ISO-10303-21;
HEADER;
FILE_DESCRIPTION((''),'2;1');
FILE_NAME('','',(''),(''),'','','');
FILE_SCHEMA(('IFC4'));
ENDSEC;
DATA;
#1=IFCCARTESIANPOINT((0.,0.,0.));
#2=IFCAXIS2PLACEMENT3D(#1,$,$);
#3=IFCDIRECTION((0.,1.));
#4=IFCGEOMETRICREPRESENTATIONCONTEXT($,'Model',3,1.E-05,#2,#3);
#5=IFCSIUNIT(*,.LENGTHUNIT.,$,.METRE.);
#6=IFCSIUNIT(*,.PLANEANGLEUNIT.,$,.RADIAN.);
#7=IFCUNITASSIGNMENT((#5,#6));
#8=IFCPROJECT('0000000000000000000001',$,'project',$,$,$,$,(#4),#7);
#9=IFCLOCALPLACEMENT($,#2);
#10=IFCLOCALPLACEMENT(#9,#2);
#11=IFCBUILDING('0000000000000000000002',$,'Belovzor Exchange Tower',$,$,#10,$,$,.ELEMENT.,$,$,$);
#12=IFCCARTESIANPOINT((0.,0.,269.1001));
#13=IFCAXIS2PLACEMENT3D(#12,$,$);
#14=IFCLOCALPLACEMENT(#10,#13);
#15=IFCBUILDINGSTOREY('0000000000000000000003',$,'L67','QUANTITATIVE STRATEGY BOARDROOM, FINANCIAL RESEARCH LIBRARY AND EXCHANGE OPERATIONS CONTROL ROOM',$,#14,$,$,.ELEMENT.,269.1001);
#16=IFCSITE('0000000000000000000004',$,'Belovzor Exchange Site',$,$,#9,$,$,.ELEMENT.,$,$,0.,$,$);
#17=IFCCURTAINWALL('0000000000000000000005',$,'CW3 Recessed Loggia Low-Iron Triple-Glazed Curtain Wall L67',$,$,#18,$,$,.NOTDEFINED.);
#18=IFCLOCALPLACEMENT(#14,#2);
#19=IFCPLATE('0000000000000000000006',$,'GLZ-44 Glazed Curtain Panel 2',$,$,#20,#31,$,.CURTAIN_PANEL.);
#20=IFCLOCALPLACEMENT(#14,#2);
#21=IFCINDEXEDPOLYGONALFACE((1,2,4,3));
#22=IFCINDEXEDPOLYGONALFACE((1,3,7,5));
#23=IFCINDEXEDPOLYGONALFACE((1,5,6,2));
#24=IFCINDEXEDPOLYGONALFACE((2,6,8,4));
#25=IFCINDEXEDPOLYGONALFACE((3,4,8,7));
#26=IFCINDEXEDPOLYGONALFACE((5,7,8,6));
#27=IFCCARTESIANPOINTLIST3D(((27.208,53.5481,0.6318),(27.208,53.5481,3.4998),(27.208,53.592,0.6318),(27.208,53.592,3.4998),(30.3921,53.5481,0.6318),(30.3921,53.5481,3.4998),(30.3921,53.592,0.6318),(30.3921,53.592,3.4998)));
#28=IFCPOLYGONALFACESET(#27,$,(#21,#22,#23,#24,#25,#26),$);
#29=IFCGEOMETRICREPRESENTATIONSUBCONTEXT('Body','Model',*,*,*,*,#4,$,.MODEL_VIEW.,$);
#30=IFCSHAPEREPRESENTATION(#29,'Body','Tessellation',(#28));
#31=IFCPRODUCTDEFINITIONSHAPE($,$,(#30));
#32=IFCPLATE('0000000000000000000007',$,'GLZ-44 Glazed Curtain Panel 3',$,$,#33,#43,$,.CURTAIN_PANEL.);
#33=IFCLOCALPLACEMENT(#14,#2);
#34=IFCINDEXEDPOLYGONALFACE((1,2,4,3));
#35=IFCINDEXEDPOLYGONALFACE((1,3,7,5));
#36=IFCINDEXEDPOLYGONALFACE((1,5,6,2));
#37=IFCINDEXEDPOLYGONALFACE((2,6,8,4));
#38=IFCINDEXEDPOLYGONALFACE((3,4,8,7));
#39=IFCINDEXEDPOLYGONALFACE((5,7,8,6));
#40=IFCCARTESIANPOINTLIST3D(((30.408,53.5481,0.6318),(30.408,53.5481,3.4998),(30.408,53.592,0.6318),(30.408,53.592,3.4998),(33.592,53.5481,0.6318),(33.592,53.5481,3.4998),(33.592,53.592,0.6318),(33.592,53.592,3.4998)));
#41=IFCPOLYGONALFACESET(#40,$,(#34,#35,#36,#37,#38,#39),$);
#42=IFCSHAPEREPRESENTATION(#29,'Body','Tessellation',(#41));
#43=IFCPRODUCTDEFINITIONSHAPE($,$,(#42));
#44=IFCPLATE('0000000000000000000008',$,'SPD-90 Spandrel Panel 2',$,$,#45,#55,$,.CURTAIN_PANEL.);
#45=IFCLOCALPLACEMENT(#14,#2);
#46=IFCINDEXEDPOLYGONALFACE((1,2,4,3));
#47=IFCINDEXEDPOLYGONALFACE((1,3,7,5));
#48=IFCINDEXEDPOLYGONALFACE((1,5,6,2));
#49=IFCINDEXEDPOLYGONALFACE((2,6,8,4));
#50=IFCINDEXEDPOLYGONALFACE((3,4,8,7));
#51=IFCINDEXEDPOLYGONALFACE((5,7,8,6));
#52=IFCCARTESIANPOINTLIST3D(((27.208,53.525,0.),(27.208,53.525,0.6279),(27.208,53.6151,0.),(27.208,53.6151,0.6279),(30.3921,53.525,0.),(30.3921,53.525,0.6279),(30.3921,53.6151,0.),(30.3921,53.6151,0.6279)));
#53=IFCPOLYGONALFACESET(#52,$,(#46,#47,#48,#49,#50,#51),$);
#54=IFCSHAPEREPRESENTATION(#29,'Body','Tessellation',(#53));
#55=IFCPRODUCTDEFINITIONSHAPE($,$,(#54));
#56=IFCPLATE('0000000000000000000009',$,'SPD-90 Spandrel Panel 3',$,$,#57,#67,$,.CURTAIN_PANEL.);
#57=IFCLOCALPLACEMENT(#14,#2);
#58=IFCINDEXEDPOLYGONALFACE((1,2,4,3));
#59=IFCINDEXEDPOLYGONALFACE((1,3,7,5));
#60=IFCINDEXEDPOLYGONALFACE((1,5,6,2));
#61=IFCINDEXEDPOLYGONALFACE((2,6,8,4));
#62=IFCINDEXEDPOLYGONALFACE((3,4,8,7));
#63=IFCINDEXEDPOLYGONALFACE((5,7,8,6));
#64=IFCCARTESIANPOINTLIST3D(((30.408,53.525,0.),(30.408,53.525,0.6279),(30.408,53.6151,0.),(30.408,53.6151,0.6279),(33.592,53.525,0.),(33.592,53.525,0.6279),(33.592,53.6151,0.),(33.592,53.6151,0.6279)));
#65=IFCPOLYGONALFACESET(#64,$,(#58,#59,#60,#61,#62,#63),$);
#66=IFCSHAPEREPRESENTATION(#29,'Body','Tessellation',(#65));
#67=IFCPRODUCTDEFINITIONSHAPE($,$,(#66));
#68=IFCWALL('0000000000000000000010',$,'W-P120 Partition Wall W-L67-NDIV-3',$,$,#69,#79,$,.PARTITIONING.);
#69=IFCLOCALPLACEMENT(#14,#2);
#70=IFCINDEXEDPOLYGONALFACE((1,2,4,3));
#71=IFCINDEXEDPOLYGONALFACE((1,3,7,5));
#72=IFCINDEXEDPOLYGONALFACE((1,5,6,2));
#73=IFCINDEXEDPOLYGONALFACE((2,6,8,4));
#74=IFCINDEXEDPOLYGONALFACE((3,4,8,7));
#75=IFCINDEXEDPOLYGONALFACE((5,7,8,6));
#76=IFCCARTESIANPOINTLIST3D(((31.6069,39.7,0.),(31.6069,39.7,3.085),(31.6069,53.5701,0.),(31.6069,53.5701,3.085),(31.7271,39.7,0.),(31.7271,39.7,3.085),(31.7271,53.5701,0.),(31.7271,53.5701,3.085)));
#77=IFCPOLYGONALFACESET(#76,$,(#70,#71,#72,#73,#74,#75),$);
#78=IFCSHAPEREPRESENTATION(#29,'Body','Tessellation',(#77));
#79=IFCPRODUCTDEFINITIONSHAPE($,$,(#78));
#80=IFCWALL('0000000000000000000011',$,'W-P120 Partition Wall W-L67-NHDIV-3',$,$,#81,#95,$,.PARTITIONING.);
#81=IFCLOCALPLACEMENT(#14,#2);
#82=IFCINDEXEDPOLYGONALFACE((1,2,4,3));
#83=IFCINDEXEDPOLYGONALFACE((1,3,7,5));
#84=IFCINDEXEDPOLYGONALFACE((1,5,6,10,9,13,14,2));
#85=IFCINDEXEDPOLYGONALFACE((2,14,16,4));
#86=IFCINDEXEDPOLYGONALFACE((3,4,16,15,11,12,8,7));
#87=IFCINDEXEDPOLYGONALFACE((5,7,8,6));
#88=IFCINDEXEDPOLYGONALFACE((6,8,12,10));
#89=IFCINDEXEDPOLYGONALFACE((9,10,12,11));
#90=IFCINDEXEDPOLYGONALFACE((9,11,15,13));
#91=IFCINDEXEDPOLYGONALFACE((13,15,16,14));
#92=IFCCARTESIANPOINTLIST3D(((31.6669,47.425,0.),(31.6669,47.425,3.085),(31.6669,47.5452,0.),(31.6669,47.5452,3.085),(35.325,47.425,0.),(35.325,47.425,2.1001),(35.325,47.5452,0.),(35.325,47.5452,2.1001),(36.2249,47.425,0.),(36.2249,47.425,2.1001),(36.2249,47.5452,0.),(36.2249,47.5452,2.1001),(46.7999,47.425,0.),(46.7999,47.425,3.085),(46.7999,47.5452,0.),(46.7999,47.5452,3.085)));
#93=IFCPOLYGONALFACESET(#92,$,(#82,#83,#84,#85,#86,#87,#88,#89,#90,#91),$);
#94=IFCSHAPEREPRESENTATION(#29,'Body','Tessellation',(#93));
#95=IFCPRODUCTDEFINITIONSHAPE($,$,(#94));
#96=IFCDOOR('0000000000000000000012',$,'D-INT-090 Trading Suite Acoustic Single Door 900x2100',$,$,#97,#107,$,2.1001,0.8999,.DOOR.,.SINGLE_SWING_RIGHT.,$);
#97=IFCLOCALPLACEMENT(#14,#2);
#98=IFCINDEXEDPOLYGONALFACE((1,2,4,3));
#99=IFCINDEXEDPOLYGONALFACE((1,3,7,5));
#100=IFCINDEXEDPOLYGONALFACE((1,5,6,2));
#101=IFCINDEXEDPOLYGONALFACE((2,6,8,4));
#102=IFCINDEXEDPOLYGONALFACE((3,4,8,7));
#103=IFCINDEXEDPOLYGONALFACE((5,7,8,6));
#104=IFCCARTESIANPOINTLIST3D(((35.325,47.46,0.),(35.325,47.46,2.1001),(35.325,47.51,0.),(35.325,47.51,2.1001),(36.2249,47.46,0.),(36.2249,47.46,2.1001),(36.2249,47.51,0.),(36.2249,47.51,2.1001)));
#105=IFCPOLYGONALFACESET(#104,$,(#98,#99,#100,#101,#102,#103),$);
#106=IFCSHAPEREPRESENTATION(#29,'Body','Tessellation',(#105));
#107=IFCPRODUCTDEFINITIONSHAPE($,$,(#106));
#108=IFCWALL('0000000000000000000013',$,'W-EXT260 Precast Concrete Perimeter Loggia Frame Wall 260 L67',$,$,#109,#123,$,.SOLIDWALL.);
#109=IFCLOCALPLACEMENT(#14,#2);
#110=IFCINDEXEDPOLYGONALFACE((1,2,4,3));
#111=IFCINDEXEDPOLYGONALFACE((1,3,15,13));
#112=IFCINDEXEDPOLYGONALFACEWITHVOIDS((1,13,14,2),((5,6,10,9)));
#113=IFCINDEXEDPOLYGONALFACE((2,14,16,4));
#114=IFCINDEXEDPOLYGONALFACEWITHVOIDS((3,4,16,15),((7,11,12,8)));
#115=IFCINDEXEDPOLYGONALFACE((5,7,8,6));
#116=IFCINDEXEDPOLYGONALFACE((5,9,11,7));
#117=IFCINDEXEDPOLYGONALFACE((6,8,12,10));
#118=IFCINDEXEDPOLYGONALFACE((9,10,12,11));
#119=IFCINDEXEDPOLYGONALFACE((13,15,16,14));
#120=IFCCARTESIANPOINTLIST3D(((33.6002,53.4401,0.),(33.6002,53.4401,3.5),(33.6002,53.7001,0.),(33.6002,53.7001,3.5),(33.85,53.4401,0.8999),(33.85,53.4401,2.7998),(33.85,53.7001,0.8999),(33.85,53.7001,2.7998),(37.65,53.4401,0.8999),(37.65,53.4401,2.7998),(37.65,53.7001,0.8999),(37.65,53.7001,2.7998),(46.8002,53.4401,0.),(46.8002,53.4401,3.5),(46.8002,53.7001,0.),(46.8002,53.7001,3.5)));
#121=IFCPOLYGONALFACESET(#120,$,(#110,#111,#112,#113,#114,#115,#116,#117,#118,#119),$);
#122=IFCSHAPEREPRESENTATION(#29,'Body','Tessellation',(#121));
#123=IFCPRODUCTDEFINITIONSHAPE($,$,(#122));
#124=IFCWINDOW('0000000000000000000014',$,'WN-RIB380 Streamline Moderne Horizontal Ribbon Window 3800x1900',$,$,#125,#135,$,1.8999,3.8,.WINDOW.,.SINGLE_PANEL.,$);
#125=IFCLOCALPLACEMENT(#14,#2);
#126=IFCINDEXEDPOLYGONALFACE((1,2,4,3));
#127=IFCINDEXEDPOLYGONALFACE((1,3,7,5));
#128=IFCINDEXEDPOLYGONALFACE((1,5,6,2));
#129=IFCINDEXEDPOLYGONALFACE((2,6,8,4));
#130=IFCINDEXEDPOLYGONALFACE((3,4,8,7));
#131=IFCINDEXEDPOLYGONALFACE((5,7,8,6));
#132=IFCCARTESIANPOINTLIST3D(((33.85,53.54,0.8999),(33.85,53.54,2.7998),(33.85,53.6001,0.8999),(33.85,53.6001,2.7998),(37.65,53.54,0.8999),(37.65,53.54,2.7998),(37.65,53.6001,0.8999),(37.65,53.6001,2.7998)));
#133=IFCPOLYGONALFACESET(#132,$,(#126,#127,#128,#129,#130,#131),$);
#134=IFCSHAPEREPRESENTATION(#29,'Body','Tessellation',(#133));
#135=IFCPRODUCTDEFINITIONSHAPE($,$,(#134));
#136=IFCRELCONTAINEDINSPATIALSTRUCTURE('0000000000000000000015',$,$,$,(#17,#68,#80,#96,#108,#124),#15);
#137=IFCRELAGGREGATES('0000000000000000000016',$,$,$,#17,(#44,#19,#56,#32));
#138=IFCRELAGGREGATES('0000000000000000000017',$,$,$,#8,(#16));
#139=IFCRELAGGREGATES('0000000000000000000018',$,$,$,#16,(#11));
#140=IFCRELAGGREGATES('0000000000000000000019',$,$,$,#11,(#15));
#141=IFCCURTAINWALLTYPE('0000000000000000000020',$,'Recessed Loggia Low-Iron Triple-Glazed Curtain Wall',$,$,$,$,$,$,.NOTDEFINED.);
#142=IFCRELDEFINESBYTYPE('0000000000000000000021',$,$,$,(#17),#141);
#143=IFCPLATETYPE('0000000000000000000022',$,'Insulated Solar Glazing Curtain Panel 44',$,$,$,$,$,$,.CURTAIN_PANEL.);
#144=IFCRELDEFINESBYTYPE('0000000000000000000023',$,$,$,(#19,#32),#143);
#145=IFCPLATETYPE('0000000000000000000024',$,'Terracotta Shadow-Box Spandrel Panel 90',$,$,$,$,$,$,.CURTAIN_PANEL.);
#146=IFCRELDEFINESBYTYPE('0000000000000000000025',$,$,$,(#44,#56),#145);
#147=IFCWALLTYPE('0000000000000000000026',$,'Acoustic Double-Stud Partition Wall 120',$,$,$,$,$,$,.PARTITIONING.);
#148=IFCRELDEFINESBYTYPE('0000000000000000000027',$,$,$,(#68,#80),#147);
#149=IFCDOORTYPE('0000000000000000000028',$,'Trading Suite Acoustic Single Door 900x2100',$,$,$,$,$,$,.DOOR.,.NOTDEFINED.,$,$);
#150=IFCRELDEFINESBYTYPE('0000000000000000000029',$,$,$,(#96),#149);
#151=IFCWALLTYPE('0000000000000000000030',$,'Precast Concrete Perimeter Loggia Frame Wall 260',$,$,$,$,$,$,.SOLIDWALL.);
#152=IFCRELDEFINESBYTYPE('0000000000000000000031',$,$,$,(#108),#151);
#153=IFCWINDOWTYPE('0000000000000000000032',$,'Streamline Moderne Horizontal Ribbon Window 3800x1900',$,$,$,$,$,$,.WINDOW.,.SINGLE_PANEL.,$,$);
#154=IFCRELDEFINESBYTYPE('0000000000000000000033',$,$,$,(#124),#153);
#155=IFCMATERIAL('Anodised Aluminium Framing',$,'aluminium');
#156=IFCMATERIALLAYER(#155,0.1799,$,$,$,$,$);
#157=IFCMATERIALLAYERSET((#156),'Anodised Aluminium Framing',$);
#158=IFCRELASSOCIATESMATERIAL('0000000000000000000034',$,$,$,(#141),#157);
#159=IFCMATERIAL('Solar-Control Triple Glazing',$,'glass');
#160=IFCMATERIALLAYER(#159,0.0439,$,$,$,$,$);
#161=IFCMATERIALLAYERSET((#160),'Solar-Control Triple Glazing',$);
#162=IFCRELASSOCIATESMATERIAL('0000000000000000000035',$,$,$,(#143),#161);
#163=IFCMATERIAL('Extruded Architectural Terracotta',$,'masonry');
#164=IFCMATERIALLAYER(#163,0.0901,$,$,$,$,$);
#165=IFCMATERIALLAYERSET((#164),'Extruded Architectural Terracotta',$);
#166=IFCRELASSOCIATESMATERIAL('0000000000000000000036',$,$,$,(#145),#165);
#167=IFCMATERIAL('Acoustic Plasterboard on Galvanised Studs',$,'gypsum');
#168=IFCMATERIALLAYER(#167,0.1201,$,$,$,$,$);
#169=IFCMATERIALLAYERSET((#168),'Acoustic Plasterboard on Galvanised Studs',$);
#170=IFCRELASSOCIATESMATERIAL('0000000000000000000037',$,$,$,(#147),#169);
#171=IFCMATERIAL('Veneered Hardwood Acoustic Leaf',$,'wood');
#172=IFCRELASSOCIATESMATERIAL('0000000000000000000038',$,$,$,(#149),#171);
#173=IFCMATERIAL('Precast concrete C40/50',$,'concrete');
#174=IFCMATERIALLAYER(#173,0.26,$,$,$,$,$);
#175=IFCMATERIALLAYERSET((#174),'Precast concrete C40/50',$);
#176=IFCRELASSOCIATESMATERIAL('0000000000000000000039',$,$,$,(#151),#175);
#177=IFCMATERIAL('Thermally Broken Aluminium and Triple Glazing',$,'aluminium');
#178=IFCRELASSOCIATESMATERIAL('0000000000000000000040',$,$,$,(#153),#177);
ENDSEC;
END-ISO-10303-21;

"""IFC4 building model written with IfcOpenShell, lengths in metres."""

from ifc_helpers import new_model, si_unit, direction, frame, frame_2d, origin, origin_2d, place, context, subcontext, project, spatial, rectangle, extrude, material, layer, layer_set, type_object, element, fill, aggregate, save


model = new_model("IFC4")

# Units and contexts
model_context = context("Model", 3, precision=1e-05, world=origin(), true_north=direction((0.0, 1.0)))
body_context = subcontext(model_context, "Body", "Model", "MODEL_VIEW")
ifc_project = project(units=[si_unit("LENGTHUNIT", "METRE"), si_unit("PLANEANGLEUNIT", "RADIAN")], contexts=[model_context])

# Site, building, storey
site_placement = place(None, origin())
site = spatial("IfcSite", under=ifc_project, at=site_placement, Name="Belovzor Exchange Site", CompositionType="ELEMENT", RefElevation=0.0)
building_placement = place(site_placement, origin())
building = spatial("IfcBuilding", under=site, at=building_placement, Name="Belovzor Exchange Tower", CompositionType="ELEMENT")
storey_placement = place(building_placement, frame((0.0, 0.0, 269.1001)))
storey = spatial("IfcBuildingStorey", under=building, at=storey_placement, Name="L67", Description="QUANTITATIVE STRATEGY BOARDROOM, FINANCIAL RESEARCH LIBRARY AND EXCHANGE OPERATIONS CONTROL ROOM", CompositionType="ELEMENT", Elevation=269.1001)

# Curtain wall
ifc_material_1 = material(Name="Anodised Aluminium Framing", Category="aluminium")
ifc_layer_1 = layer(ifc_material_1, 0.1799)
ifc_layer_set_1 = layer_set([ifc_layer_1], Name="Anodised Aluminium Framing")
curtain_wall_type = type_object("IfcCurtainWallType", Name="Recessed Loggia Low-Iron Triple-Glazed Curtain Wall", PredefinedType="NOTDEFINED", material=ifc_layer_set_1)
curtain_wall_placement = place(storey_placement, origin())
curtain_wall = element("IfcCurtainWall", 1, at=curtain_wall_placement, inside=storey, type_object=curtain_wall_type, Name="CW3 Recessed Loggia Low-Iron Triple-Glazed Curtain Wall L67", PredefinedType="NOTDEFINED")

# Plates
ifc_material_2 = material(Name="Solar-Control Triple Glazing", Category="glass")
ifc_layer_2 = layer(ifc_material_2, 0.0439)
ifc_layer_set_2 = layer_set([ifc_layer_2], Name="Solar-Control Triple Glazing")
plate_type_1 = type_object("IfcPlateType", Name="Insulated Solar Glazing Curtain Panel 44", PredefinedType="CURTAIN_PANEL", material=ifc_layer_set_2)
plate_1_placement = place(storey_placement, frame((28.8, 53.5701, 0.6318), z_axis=(0.0, 0.0, 1.0), x_axis=(1.0, 0.0, 0.0)))
plate_1 = element("IfcPlate", 2, at=plate_1_placement, type_object=plate_type_1, Name="GLZ-44 Glazed Curtain Panel 2", PredefinedType="CURTAIN_PANEL", context=body_context, shape_type="SweptSolid", body=[
    extrude(rectangle(XDim=3.1841, YDim=0.0439, at=origin_2d()), origin(), (0.0, 0.0, 1.0), 2.8679),
])
plate_2_placement = place(storey_placement, frame((32.0, 53.5701, 0.6318), z_axis=(0.0, 0.0, 1.0), x_axis=(1.0, 0.0, 0.0)))
plate_2 = element("IfcPlate", 3, at=plate_2_placement, type_object=plate_type_1, Name="GLZ-44 Glazed Curtain Panel 3", PredefinedType="CURTAIN_PANEL", context=body_context, shape_type="SweptSolid", body=[
    extrude(rectangle(XDim=3.1841, YDim=0.0439, at=origin_2d()), origin(), (0.0, 0.0, 1.0), 2.8679),
])
ifc_material_3 = material(Name="Extruded Architectural Terracotta", Category="masonry")
ifc_layer_3 = layer(ifc_material_3, 0.0901)
ifc_layer_set_3 = layer_set([ifc_layer_3], Name="Extruded Architectural Terracotta")
plate_type_2 = type_object("IfcPlateType", Name="Terracotta Shadow-Box Spandrel Panel 90", PredefinedType="CURTAIN_PANEL", material=ifc_layer_set_3)
plate_3_placement = place(storey_placement, frame((28.8, 53.5701, 0.0), z_axis=(0.0, 0.0, 1.0), x_axis=(1.0, 0.0, 0.0)))
plate_3 = element("IfcPlate", 4, at=plate_3_placement, type_object=plate_type_2, Name="SPD-90 Spandrel Panel 2", PredefinedType="CURTAIN_PANEL", context=body_context, shape_type="SweptSolid", body=[
    extrude(rectangle(XDim=3.1841, YDim=0.0901, at=origin_2d()), origin(), (0.0, 0.0, 1.0), 0.6279),
])
plate_4_placement = place(storey_placement, frame((32.0, 53.5701, 0.0), z_axis=(0.0, 0.0, 1.0), x_axis=(1.0, 0.0, 0.0)))
plate_4 = element("IfcPlate", 5, at=plate_4_placement, type_object=plate_type_2, Name="SPD-90 Spandrel Panel 3", PredefinedType="CURTAIN_PANEL", context=body_context, shape_type="SweptSolid", body=[
    extrude(rectangle(XDim=3.1841, YDim=0.0901, at=origin_2d()), origin(), (0.0, 0.0, 1.0), 0.6279),
])
aggregate(curtain_wall, [plate_3, plate_1, plate_4, plate_2])

# Wall
ifc_material_4 = material(Name="Acoustic Plasterboard on Galvanised Studs", Category="gypsum")
ifc_layer_4 = layer(ifc_material_4, 0.1201)
ifc_layer_set_4 = layer_set([ifc_layer_4], Name="Acoustic Plasterboard on Galvanised Studs")
wall_type_1 = type_object("IfcWallType", Name="Acoustic Double-Stud Partition Wall 120", PredefinedType="PARTITIONING", material=ifc_layer_set_4)
wall_1_placement = place(storey_placement, frame((31.667, 39.7, 0.0), z_axis=(0.0, 0.0, 1.0), x_axis=(0.0, 1.0, 0.0)))
element("IfcWall", 6, at=wall_1_placement, inside=storey, type_object=wall_type_1, Name="W-P120 Partition Wall W-L67-NDIV-3", PredefinedType="PARTITIONING", context=body_context, shape_type="SweptSolid", body=[
    extrude(rectangle(XDim=13.8701, YDim=0.1201, at=frame_2d((6.9351, 0.0))), origin(), (0.0, 0.0, 1.0), 3.085),
])

# Wall, opening, door
wall_2_placement = place(storey_placement, frame((31.667, 47.4851, 0.0), z_axis=(0.0, 0.0, 1.0), x_axis=(1.0, 0.0, 0.0)))
wall_2 = element("IfcWall", 7, at=wall_2_placement, inside=storey, type_object=wall_type_1, Name="W-P120 Partition Wall W-L67-NHDIV-3", PredefinedType="PARTITIONING", context=body_context, shape_type="SweptSolid", body=[
    extrude(rectangle(XDim=15.1331, YDim=0.1201, at=frame_2d((7.5664, 0.0))), origin(), (0.0, 0.0, 1.0), 3.085),
])
opening_1_placement = place(wall_2_placement, frame((3.658, 0.0, 0.0)))
opening_1 = element("IfcOpeningElement", 8, at=opening_1_placement, cuts=wall_2, PredefinedType="OPENING", context=body_context, shape_type="SweptSolid", body=[
    extrude(rectangle(XDim=0.8999, YDim=2.1001, at=frame_2d((0.45, 1.05))), frame((0.0, 0.0701, 0.0), z_axis=(0.0, -1.0, 0.0), x_axis=(1.0, 0.0, 0.0)), (0.0, 0.0, 1.0), 0.1401),
])
ifc_material_5 = material(Name="Veneered Hardwood Acoustic Leaf", Category="wood")
door_type = type_object("IfcDoorType", Name="Trading Suite Acoustic Single Door 900x2100", OperationType="NOTDEFINED", PredefinedType="DOOR", material=ifc_material_5)
door_placement = place(opening_1_placement, origin())
door = element("IfcDoor", 9, at=door_placement, inside=storey, type_object=door_type, Name="D-INT-090 Trading Suite Acoustic Single Door 900x2100", OperationType="SINGLE_SWING_RIGHT", OverallHeight=2.1001, OverallWidth=0.8999, PredefinedType="DOOR", context=body_context, shape_type="SweptSolid", body=[
    extrude(rectangle(XDim=0.8999, YDim=2.1001, at=frame_2d((0.45, 1.05))), frame((0.0, 0.0249, 0.0), z_axis=(0.0, -1.0, 0.0), x_axis=(1.0, 0.0, 0.0)), (0.0, 0.0, 1.0), 0.05),
])
fill(opening_1, door)

# Wall, opening, window
ifc_material_6 = material(Name="Precast concrete C40/50", Category="concrete")
ifc_layer_5 = layer(ifc_material_6, 0.26)
ifc_layer_set_5 = layer_set([ifc_layer_5], Name="Precast concrete C40/50")
wall_type_2 = type_object("IfcWallType", Name="Precast Concrete Perimeter Loggia Frame Wall 260", PredefinedType="SOLIDWALL", material=ifc_layer_set_5)
wall_3_placement = place(storey_placement, frame((33.6001, 53.5701, 0.0), z_axis=(0.0, 0.0, 1.0), x_axis=(1.0, 0.0, 0.0)))
wall_3 = element("IfcWall", 10, at=wall_3_placement, inside=storey, type_object=wall_type_2, Name="W-EXT260 Precast Concrete Perimeter Loggia Frame Wall 260 L67", PredefinedType="SOLIDWALL", context=body_context, shape_type="SweptSolid", body=[
    extrude(rectangle(XDim=13.2, YDim=0.26, at=frame_2d((6.6001, 0.0))), origin(), (0.0, 0.0, 1.0), 3.5),
])
opening_2_placement = place(wall_3_placement, frame((0.25, 0.0, 0.8999)))
opening_2 = element("IfcOpeningElement", 11, at=opening_2_placement, cuts=wall_3, PredefinedType="OPENING", context=body_context, shape_type="SweptSolid", body=[
    extrude(rectangle(XDim=3.8, YDim=1.8999, at=frame_2d((1.8999, 0.95))), frame((0.0, 0.1399, 0.0), z_axis=(0.0, -1.0, 0.0), x_axis=(1.0, 0.0, 0.0)), (0.0, 0.0, 1.0), 0.28),
])
ifc_material_7 = material(Name="Thermally Broken Aluminium and Triple Glazing", Category="aluminium")
window_type = type_object("IfcWindowType", Name="Streamline Moderne Horizontal Ribbon Window 3800x1900", PartitioningType="SINGLE_PANEL", PredefinedType="WINDOW", material=ifc_material_7)
window_placement = place(opening_2_placement, origin())
window = element("IfcWindow", 12, at=window_placement, inside=storey, type_object=window_type, Name="WN-RIB380 Streamline Moderne Horizontal Ribbon Window 3800x1900", OverallHeight=1.8999, OverallWidth=3.8, PartitioningType="SINGLE_PANEL", PredefinedType="WINDOW", context=body_context, shape_type="SweptSolid", body=[
    extrude(rectangle(XDim=3.8, YDim=1.8999, at=frame_2d((1.8999, 0.95))), frame((0.0, 0.03, 0.0), z_axis=(0.0, -1.0, 0.0), x_axis=(1.0, 0.0, 0.0)), (0.0, 0.0, 1.0), 0.0601),
])
fill(opening_2, window)

save(model, "model.ifc")
